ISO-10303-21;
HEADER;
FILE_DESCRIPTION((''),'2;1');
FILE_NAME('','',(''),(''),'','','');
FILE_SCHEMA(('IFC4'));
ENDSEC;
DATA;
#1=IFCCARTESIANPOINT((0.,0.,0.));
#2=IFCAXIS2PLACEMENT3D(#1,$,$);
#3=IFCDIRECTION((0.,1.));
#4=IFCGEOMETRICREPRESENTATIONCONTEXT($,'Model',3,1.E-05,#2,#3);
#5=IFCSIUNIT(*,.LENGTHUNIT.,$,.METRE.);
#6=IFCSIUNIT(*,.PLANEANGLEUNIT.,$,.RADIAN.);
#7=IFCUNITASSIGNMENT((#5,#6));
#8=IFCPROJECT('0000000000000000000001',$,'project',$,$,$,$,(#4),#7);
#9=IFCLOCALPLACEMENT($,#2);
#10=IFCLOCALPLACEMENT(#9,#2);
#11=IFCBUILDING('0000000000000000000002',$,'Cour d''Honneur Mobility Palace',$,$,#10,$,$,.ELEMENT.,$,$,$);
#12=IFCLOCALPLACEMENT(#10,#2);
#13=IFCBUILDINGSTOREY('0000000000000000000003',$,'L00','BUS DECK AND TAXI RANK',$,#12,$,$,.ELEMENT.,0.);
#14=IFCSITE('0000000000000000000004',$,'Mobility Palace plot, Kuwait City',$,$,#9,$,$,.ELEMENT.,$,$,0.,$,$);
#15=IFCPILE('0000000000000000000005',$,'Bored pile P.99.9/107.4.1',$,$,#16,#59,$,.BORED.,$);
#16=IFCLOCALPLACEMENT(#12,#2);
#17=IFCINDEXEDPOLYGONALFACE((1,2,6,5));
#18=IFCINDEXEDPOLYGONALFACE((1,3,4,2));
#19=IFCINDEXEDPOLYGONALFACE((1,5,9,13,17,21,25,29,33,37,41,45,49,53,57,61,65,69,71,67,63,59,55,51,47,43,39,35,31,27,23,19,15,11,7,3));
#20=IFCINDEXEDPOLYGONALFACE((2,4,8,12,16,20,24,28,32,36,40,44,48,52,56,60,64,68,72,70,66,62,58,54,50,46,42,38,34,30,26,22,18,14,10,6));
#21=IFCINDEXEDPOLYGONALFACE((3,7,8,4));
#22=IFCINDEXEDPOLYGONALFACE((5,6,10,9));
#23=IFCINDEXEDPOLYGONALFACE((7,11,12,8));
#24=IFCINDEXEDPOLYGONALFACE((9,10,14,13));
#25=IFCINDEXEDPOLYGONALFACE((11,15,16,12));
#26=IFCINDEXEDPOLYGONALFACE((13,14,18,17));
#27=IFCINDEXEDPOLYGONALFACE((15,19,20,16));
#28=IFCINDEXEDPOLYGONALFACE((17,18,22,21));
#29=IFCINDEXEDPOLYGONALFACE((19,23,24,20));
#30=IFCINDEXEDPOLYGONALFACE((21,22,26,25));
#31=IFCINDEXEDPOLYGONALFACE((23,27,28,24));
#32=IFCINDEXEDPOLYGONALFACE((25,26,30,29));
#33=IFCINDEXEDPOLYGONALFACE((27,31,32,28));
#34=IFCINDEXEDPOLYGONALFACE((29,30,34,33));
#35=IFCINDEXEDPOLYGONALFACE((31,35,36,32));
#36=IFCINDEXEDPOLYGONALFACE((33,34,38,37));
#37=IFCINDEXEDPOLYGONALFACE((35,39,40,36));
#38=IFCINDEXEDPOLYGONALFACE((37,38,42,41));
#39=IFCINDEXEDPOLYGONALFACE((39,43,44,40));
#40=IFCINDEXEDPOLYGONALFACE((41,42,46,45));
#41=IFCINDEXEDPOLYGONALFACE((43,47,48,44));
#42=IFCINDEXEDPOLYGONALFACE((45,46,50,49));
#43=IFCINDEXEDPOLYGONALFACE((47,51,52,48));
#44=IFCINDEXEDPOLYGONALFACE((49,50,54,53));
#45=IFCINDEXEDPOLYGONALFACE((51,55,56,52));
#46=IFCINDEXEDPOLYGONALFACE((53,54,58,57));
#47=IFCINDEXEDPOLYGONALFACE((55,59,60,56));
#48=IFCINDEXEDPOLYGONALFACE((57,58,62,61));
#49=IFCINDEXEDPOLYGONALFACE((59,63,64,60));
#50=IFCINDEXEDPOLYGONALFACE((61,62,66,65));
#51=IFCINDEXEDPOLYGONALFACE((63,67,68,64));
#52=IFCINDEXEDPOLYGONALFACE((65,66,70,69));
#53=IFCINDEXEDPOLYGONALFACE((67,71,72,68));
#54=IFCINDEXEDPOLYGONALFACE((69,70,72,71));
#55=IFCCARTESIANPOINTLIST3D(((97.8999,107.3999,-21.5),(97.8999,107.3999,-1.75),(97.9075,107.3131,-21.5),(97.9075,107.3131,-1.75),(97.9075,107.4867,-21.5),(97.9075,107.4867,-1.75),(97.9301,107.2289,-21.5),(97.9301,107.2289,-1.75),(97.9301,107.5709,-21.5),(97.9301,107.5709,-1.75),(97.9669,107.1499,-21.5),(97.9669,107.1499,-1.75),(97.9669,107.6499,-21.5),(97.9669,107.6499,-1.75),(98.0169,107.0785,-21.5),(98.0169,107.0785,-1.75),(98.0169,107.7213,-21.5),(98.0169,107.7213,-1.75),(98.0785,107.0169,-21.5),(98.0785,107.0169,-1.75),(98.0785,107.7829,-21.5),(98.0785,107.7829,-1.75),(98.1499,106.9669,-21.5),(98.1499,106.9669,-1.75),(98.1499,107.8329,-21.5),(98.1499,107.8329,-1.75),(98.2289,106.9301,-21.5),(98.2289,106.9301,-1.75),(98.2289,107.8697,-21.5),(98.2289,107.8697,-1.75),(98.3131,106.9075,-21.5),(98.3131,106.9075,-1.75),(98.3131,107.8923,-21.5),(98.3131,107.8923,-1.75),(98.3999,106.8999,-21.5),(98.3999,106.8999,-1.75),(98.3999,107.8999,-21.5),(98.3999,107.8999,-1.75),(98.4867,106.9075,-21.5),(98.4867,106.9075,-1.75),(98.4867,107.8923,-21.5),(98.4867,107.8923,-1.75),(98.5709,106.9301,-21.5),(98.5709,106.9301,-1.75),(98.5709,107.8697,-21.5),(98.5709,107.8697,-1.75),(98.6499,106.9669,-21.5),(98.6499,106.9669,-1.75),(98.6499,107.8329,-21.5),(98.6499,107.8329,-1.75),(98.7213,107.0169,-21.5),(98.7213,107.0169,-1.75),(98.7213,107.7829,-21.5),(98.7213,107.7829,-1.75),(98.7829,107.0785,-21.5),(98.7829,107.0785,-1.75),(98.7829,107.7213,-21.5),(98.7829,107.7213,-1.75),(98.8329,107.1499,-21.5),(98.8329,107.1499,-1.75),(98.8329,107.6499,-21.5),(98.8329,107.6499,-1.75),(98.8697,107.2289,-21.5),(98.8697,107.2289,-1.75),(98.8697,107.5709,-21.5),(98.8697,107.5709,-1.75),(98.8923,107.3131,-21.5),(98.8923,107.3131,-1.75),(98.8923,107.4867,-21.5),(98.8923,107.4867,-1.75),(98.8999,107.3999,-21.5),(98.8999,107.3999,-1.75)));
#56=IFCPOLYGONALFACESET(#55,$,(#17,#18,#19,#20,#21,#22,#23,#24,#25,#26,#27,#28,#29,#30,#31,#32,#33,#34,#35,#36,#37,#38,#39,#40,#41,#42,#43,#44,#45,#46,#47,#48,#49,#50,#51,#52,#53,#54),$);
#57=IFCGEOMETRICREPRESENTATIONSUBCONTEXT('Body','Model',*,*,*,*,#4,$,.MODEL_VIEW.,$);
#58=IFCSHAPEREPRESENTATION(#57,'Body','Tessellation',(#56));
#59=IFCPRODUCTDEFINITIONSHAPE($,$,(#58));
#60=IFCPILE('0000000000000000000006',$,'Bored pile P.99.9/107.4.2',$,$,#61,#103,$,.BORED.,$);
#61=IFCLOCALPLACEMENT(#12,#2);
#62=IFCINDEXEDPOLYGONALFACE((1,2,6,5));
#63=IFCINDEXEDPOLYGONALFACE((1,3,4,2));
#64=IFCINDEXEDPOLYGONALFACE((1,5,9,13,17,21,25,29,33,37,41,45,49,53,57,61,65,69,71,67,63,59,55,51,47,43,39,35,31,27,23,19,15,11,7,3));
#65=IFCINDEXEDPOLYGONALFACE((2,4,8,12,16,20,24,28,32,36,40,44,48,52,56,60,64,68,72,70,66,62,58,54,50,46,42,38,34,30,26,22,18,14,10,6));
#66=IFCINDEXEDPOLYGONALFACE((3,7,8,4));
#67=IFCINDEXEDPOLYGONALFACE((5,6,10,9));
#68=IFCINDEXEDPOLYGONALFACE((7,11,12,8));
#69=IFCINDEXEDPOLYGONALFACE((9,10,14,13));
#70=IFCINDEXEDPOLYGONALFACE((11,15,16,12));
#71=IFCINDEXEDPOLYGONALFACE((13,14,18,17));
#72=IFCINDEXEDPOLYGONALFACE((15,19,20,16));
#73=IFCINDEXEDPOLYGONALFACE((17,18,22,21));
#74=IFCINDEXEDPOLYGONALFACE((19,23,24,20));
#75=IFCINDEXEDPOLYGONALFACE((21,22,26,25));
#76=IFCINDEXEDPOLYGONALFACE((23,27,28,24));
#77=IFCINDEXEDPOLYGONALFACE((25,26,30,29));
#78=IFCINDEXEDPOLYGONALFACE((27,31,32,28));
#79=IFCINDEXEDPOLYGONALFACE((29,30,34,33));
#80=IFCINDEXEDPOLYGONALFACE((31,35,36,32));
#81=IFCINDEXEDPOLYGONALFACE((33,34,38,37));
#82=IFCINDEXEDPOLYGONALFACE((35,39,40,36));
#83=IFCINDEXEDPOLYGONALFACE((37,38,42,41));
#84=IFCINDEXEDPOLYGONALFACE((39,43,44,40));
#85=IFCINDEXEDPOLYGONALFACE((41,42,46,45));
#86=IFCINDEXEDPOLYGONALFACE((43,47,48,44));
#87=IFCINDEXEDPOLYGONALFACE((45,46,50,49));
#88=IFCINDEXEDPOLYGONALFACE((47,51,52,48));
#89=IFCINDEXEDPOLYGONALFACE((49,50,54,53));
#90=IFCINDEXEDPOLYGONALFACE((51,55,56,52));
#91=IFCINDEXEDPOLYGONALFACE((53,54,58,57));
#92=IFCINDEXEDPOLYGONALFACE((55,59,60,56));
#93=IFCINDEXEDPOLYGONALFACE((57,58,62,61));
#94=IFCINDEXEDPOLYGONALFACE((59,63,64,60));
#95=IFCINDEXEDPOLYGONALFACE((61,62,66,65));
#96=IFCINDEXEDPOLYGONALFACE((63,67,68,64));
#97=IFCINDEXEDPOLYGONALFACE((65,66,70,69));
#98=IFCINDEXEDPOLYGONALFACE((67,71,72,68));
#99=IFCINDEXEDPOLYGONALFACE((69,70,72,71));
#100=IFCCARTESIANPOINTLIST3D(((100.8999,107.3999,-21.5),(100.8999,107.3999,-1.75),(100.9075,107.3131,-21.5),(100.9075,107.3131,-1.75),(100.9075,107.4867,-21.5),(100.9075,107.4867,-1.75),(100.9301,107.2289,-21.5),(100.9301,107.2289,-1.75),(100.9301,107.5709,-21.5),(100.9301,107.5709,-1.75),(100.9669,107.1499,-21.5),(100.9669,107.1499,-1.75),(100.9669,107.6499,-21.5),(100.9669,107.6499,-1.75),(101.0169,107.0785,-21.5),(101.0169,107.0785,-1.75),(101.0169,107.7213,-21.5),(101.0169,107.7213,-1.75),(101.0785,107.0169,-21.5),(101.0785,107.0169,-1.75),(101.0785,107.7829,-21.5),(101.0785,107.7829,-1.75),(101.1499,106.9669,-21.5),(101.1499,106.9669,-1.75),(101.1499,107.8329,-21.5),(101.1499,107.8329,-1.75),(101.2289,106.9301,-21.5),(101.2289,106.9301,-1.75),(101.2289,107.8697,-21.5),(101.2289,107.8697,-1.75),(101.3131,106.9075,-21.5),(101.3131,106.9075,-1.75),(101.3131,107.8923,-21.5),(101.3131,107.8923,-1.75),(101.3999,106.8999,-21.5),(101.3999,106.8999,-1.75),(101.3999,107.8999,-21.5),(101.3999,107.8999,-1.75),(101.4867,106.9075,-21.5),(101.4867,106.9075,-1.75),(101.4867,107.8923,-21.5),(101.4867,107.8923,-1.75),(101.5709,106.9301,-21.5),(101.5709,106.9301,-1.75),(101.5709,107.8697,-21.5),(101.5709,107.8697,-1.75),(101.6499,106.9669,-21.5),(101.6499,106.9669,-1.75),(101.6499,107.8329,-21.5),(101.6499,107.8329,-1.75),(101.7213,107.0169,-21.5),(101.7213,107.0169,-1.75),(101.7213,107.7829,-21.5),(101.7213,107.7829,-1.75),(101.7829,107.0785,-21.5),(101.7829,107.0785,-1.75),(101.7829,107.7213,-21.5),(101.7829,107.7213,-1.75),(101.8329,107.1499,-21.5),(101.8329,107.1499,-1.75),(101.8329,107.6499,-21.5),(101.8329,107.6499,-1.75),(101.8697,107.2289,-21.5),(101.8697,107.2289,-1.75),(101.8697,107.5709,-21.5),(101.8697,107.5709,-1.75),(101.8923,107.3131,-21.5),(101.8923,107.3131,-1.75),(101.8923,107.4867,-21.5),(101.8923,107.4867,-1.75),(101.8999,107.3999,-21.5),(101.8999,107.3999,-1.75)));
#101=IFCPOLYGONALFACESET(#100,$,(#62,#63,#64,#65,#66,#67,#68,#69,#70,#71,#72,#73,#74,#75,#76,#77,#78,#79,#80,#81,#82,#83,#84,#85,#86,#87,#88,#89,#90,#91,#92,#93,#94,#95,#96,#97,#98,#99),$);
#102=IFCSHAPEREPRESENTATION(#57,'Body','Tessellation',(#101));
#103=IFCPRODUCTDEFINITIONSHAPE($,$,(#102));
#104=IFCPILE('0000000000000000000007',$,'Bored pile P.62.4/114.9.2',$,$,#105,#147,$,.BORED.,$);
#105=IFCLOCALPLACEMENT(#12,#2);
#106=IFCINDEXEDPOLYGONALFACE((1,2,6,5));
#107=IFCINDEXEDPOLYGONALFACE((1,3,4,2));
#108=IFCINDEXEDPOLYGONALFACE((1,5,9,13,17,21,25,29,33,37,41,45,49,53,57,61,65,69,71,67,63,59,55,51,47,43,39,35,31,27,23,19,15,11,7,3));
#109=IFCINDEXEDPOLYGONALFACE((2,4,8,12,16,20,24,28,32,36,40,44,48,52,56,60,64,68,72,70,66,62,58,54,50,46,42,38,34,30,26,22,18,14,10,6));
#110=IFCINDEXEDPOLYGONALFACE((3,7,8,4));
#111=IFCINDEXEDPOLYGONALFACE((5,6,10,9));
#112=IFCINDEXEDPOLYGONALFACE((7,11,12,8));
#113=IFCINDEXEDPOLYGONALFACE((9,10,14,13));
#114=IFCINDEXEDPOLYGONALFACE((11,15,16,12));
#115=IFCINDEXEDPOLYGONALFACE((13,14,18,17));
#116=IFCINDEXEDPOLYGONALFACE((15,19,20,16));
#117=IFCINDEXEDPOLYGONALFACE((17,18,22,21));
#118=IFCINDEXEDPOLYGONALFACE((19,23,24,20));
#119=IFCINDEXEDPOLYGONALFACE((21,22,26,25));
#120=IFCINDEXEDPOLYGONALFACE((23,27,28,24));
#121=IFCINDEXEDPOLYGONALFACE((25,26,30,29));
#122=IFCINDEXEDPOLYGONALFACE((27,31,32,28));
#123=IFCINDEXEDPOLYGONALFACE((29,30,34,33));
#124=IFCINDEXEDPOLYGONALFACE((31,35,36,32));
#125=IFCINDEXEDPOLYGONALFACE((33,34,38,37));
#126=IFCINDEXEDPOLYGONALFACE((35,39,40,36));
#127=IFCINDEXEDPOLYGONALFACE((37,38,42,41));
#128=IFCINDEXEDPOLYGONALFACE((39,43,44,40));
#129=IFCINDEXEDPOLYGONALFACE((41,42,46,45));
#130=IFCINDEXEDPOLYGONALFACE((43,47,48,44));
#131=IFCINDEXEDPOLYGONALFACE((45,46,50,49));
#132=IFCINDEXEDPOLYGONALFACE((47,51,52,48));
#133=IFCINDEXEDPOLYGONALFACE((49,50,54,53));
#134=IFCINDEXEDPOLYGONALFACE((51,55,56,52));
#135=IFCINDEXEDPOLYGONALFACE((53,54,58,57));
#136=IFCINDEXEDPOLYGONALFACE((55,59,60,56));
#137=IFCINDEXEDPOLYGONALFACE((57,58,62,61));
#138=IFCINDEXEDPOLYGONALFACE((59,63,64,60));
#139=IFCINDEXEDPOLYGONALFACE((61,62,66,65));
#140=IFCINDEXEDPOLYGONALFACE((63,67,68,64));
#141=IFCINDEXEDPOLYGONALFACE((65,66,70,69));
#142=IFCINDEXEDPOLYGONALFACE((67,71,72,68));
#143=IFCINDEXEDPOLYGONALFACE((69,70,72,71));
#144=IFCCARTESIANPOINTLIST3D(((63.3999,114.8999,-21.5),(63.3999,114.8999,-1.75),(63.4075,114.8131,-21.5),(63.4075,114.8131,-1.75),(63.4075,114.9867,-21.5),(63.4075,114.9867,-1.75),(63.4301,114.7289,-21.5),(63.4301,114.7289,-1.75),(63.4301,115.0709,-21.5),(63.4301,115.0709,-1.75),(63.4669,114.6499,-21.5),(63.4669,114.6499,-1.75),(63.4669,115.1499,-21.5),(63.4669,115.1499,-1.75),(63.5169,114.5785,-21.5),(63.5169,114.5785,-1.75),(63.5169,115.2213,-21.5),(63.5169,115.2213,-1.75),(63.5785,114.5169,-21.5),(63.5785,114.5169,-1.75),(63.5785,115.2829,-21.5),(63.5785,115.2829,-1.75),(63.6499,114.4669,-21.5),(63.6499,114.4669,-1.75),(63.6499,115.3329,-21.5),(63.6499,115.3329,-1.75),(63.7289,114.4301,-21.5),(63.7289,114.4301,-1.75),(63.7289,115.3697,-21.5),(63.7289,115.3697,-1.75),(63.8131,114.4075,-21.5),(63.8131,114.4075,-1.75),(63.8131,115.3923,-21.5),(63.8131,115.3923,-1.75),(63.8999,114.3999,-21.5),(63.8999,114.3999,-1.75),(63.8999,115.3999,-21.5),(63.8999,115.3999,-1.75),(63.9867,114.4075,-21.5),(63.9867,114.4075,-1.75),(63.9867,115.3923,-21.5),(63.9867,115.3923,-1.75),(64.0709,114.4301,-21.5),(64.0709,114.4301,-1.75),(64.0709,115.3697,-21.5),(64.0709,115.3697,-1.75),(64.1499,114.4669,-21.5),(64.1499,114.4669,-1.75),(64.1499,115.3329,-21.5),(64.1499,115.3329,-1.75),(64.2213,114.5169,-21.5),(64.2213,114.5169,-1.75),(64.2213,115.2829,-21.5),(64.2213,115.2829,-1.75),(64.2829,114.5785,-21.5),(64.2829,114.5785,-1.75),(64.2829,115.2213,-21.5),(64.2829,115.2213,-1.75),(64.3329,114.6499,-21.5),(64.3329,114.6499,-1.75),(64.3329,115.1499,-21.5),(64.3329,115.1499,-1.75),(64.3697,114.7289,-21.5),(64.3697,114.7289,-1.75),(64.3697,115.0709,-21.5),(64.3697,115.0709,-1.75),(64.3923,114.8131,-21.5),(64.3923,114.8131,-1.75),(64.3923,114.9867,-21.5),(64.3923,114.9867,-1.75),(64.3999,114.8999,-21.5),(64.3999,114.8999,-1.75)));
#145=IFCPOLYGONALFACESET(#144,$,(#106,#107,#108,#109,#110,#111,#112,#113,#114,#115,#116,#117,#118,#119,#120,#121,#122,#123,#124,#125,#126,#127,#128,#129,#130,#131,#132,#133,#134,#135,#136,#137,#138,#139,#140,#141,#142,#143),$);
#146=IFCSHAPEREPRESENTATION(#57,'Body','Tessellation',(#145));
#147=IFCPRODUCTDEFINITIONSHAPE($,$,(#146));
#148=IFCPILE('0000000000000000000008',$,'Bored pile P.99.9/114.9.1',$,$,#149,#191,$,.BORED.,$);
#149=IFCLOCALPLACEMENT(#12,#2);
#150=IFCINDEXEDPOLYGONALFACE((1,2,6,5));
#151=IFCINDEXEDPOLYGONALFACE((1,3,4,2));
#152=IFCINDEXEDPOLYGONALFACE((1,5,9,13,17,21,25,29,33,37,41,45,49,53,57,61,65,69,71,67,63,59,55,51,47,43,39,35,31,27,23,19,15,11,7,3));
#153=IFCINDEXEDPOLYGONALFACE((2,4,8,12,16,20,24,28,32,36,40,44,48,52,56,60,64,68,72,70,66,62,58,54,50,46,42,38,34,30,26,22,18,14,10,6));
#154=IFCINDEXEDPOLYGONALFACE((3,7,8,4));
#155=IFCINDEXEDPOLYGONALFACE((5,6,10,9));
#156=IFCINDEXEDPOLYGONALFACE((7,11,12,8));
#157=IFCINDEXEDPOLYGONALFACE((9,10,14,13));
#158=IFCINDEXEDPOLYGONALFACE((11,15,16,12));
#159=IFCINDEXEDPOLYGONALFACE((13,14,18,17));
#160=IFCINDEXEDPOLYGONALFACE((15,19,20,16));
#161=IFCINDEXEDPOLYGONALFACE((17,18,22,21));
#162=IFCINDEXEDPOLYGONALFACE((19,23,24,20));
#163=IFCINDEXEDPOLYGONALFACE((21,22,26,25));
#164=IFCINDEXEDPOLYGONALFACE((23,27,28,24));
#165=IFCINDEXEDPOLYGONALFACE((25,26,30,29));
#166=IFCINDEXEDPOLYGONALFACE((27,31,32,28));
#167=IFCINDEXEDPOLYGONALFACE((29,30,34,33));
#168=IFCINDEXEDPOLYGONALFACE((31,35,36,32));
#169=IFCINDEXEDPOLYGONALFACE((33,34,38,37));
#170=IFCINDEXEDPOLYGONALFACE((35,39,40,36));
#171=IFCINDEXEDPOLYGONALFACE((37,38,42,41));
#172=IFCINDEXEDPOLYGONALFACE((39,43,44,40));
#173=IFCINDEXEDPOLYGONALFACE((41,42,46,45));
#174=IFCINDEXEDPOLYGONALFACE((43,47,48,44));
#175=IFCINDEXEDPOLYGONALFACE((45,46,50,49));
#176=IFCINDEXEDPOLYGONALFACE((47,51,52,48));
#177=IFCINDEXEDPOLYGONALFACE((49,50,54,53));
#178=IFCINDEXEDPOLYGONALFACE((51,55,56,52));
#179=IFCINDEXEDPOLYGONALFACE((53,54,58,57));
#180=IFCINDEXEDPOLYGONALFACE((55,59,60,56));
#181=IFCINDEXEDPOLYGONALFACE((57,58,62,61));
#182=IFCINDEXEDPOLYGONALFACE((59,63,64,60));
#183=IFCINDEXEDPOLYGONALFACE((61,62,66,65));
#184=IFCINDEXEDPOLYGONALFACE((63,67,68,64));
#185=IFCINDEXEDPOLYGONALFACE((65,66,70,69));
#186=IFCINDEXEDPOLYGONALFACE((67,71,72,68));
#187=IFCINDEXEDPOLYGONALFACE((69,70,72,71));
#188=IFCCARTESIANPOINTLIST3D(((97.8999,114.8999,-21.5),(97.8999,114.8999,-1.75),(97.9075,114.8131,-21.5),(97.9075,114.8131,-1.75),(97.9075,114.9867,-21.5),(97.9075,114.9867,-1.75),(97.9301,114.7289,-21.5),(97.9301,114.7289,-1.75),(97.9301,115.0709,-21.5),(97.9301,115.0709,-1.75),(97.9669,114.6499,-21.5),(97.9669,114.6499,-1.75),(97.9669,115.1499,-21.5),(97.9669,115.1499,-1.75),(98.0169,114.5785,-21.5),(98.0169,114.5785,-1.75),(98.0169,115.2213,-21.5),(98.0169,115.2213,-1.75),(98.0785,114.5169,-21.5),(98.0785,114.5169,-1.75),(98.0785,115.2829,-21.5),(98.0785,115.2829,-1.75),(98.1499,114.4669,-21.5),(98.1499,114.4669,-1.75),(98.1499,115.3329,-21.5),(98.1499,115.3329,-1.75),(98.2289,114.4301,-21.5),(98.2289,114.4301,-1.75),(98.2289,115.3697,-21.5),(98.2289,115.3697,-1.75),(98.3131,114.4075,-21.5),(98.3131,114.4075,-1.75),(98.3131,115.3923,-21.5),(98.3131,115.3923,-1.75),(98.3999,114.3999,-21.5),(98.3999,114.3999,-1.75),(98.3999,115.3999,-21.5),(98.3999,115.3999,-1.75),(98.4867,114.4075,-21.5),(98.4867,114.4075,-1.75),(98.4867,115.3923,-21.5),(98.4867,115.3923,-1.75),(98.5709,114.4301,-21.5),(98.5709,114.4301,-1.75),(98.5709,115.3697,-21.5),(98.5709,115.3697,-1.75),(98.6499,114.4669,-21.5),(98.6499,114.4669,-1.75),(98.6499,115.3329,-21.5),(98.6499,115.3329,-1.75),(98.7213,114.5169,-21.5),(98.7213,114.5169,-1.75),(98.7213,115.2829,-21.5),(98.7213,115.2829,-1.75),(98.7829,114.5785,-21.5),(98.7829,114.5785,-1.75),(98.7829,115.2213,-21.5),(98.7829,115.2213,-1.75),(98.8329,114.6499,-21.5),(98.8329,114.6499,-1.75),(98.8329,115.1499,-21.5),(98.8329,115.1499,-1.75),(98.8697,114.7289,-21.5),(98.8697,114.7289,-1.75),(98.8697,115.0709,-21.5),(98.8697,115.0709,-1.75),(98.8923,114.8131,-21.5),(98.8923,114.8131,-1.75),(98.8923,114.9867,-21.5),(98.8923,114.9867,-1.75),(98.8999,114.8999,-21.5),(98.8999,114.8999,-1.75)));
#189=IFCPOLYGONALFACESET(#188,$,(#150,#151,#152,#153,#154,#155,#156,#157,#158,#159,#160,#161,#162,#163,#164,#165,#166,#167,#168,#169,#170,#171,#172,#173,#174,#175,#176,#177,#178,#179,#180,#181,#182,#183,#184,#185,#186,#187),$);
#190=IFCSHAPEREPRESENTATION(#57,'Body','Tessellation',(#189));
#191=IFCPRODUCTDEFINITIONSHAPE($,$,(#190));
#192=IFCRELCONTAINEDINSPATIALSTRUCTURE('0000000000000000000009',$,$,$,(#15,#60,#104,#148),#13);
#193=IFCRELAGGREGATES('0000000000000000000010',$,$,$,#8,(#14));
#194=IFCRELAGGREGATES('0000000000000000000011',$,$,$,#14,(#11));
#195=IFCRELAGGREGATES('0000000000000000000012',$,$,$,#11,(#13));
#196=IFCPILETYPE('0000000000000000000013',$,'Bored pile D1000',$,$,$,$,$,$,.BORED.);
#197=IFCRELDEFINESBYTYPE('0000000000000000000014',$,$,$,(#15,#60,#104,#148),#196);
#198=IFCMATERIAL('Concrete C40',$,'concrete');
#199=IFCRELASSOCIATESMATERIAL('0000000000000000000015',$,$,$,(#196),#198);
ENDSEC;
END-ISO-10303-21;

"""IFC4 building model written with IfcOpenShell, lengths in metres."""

from ifc_helpers import new_model, si_unit, direction, frame, origin, origin_2d, place, context, subcontext, project, spatial, circle, extrude, material, material_profile, profile_set, type_object, element, save


model = new_model("IFC4")

# Units and contexts
model_context = context("Model", 3, precision=1e-05, world=origin(), true_north=direction((0.0, 1.0)))
body_context = subcontext(model_context, "Body", "Model", "MODEL_VIEW")
ifc_project = project(units=[si_unit("LENGTHUNIT", "METRE"), si_unit("PLANEANGLEUNIT", "RADIAN")], contexts=[model_context])

# Site, building, storey
site_placement = place(None, origin())
site = spatial("IfcSite", under=ifc_project, at=site_placement, Name="Mobility Palace plot, Kuwait City", CompositionType="ELEMENT", RefElevation=0.0)
building_placement = place(site_placement, origin())
building = spatial("IfcBuilding", under=site, at=building_placement, Name="Cour d'Honneur Mobility Palace", CompositionType="ELEMENT")
storey_placement = place(building_placement, origin())
storey = spatial("IfcBuildingStorey", under=building, at=storey_placement, Name="L00", Description="BUS DECK AND TAXI RANK", CompositionType="ELEMENT", Elevation=0.0)

# Piles
ifc_material_1 = material(Name="Concrete C40", Category="concrete")
ifc_material_profile_1 = material_profile(ifc_material_1, circle(Radius=0.5, at=origin_2d()), Name="Bored pile D1000")
ifc_profile_set_1 = profile_set([ifc_material_profile_1], Name="Concrete C40")
pile_type = type_object("IfcPileType", Name="Bored pile D1000", PredefinedType="BORED", material=ifc_profile_set_1)
for number, where, z_axis, x_axis, name in (
    (1, (98.3999, 107.3999, -1.75), (0.0, 0.0, -1.0), (1.0, 0.0, 0.0), "Bored pile P.99.9/107.4.1"),
    (2, (101.3999, 107.3999, -1.75), (0.0, 0.0, -1.0), (1.0, 0.0, 0.0), "Bored pile P.99.9/107.4.2"),
    (3, (63.8999, 114.8999, -1.75), (0.0, 0.0, -1.0), (1.0, 0.0, 0.0), "Bored pile P.62.4/114.9.2"),
    (4, (98.3999, 114.8999, -1.75), (0.0, 0.0, -1.0), (1.0, 0.0, 0.0), "Bored pile P.99.9/114.9.1"),
):
    element("IfcPile", number, at=place(storey_placement, frame(where, z_axis=z_axis, x_axis=x_axis)), inside=storey, type_object=pile_type, Name=name, PredefinedType="BORED", context=body_context, shape_type="SweptSolid", body=[
        extrude(circle(Radius=0.5, at=origin_2d()), origin(), (0.0, 0.0, 1.0), 19.75),
    ])

save(model, "model.ifc")
